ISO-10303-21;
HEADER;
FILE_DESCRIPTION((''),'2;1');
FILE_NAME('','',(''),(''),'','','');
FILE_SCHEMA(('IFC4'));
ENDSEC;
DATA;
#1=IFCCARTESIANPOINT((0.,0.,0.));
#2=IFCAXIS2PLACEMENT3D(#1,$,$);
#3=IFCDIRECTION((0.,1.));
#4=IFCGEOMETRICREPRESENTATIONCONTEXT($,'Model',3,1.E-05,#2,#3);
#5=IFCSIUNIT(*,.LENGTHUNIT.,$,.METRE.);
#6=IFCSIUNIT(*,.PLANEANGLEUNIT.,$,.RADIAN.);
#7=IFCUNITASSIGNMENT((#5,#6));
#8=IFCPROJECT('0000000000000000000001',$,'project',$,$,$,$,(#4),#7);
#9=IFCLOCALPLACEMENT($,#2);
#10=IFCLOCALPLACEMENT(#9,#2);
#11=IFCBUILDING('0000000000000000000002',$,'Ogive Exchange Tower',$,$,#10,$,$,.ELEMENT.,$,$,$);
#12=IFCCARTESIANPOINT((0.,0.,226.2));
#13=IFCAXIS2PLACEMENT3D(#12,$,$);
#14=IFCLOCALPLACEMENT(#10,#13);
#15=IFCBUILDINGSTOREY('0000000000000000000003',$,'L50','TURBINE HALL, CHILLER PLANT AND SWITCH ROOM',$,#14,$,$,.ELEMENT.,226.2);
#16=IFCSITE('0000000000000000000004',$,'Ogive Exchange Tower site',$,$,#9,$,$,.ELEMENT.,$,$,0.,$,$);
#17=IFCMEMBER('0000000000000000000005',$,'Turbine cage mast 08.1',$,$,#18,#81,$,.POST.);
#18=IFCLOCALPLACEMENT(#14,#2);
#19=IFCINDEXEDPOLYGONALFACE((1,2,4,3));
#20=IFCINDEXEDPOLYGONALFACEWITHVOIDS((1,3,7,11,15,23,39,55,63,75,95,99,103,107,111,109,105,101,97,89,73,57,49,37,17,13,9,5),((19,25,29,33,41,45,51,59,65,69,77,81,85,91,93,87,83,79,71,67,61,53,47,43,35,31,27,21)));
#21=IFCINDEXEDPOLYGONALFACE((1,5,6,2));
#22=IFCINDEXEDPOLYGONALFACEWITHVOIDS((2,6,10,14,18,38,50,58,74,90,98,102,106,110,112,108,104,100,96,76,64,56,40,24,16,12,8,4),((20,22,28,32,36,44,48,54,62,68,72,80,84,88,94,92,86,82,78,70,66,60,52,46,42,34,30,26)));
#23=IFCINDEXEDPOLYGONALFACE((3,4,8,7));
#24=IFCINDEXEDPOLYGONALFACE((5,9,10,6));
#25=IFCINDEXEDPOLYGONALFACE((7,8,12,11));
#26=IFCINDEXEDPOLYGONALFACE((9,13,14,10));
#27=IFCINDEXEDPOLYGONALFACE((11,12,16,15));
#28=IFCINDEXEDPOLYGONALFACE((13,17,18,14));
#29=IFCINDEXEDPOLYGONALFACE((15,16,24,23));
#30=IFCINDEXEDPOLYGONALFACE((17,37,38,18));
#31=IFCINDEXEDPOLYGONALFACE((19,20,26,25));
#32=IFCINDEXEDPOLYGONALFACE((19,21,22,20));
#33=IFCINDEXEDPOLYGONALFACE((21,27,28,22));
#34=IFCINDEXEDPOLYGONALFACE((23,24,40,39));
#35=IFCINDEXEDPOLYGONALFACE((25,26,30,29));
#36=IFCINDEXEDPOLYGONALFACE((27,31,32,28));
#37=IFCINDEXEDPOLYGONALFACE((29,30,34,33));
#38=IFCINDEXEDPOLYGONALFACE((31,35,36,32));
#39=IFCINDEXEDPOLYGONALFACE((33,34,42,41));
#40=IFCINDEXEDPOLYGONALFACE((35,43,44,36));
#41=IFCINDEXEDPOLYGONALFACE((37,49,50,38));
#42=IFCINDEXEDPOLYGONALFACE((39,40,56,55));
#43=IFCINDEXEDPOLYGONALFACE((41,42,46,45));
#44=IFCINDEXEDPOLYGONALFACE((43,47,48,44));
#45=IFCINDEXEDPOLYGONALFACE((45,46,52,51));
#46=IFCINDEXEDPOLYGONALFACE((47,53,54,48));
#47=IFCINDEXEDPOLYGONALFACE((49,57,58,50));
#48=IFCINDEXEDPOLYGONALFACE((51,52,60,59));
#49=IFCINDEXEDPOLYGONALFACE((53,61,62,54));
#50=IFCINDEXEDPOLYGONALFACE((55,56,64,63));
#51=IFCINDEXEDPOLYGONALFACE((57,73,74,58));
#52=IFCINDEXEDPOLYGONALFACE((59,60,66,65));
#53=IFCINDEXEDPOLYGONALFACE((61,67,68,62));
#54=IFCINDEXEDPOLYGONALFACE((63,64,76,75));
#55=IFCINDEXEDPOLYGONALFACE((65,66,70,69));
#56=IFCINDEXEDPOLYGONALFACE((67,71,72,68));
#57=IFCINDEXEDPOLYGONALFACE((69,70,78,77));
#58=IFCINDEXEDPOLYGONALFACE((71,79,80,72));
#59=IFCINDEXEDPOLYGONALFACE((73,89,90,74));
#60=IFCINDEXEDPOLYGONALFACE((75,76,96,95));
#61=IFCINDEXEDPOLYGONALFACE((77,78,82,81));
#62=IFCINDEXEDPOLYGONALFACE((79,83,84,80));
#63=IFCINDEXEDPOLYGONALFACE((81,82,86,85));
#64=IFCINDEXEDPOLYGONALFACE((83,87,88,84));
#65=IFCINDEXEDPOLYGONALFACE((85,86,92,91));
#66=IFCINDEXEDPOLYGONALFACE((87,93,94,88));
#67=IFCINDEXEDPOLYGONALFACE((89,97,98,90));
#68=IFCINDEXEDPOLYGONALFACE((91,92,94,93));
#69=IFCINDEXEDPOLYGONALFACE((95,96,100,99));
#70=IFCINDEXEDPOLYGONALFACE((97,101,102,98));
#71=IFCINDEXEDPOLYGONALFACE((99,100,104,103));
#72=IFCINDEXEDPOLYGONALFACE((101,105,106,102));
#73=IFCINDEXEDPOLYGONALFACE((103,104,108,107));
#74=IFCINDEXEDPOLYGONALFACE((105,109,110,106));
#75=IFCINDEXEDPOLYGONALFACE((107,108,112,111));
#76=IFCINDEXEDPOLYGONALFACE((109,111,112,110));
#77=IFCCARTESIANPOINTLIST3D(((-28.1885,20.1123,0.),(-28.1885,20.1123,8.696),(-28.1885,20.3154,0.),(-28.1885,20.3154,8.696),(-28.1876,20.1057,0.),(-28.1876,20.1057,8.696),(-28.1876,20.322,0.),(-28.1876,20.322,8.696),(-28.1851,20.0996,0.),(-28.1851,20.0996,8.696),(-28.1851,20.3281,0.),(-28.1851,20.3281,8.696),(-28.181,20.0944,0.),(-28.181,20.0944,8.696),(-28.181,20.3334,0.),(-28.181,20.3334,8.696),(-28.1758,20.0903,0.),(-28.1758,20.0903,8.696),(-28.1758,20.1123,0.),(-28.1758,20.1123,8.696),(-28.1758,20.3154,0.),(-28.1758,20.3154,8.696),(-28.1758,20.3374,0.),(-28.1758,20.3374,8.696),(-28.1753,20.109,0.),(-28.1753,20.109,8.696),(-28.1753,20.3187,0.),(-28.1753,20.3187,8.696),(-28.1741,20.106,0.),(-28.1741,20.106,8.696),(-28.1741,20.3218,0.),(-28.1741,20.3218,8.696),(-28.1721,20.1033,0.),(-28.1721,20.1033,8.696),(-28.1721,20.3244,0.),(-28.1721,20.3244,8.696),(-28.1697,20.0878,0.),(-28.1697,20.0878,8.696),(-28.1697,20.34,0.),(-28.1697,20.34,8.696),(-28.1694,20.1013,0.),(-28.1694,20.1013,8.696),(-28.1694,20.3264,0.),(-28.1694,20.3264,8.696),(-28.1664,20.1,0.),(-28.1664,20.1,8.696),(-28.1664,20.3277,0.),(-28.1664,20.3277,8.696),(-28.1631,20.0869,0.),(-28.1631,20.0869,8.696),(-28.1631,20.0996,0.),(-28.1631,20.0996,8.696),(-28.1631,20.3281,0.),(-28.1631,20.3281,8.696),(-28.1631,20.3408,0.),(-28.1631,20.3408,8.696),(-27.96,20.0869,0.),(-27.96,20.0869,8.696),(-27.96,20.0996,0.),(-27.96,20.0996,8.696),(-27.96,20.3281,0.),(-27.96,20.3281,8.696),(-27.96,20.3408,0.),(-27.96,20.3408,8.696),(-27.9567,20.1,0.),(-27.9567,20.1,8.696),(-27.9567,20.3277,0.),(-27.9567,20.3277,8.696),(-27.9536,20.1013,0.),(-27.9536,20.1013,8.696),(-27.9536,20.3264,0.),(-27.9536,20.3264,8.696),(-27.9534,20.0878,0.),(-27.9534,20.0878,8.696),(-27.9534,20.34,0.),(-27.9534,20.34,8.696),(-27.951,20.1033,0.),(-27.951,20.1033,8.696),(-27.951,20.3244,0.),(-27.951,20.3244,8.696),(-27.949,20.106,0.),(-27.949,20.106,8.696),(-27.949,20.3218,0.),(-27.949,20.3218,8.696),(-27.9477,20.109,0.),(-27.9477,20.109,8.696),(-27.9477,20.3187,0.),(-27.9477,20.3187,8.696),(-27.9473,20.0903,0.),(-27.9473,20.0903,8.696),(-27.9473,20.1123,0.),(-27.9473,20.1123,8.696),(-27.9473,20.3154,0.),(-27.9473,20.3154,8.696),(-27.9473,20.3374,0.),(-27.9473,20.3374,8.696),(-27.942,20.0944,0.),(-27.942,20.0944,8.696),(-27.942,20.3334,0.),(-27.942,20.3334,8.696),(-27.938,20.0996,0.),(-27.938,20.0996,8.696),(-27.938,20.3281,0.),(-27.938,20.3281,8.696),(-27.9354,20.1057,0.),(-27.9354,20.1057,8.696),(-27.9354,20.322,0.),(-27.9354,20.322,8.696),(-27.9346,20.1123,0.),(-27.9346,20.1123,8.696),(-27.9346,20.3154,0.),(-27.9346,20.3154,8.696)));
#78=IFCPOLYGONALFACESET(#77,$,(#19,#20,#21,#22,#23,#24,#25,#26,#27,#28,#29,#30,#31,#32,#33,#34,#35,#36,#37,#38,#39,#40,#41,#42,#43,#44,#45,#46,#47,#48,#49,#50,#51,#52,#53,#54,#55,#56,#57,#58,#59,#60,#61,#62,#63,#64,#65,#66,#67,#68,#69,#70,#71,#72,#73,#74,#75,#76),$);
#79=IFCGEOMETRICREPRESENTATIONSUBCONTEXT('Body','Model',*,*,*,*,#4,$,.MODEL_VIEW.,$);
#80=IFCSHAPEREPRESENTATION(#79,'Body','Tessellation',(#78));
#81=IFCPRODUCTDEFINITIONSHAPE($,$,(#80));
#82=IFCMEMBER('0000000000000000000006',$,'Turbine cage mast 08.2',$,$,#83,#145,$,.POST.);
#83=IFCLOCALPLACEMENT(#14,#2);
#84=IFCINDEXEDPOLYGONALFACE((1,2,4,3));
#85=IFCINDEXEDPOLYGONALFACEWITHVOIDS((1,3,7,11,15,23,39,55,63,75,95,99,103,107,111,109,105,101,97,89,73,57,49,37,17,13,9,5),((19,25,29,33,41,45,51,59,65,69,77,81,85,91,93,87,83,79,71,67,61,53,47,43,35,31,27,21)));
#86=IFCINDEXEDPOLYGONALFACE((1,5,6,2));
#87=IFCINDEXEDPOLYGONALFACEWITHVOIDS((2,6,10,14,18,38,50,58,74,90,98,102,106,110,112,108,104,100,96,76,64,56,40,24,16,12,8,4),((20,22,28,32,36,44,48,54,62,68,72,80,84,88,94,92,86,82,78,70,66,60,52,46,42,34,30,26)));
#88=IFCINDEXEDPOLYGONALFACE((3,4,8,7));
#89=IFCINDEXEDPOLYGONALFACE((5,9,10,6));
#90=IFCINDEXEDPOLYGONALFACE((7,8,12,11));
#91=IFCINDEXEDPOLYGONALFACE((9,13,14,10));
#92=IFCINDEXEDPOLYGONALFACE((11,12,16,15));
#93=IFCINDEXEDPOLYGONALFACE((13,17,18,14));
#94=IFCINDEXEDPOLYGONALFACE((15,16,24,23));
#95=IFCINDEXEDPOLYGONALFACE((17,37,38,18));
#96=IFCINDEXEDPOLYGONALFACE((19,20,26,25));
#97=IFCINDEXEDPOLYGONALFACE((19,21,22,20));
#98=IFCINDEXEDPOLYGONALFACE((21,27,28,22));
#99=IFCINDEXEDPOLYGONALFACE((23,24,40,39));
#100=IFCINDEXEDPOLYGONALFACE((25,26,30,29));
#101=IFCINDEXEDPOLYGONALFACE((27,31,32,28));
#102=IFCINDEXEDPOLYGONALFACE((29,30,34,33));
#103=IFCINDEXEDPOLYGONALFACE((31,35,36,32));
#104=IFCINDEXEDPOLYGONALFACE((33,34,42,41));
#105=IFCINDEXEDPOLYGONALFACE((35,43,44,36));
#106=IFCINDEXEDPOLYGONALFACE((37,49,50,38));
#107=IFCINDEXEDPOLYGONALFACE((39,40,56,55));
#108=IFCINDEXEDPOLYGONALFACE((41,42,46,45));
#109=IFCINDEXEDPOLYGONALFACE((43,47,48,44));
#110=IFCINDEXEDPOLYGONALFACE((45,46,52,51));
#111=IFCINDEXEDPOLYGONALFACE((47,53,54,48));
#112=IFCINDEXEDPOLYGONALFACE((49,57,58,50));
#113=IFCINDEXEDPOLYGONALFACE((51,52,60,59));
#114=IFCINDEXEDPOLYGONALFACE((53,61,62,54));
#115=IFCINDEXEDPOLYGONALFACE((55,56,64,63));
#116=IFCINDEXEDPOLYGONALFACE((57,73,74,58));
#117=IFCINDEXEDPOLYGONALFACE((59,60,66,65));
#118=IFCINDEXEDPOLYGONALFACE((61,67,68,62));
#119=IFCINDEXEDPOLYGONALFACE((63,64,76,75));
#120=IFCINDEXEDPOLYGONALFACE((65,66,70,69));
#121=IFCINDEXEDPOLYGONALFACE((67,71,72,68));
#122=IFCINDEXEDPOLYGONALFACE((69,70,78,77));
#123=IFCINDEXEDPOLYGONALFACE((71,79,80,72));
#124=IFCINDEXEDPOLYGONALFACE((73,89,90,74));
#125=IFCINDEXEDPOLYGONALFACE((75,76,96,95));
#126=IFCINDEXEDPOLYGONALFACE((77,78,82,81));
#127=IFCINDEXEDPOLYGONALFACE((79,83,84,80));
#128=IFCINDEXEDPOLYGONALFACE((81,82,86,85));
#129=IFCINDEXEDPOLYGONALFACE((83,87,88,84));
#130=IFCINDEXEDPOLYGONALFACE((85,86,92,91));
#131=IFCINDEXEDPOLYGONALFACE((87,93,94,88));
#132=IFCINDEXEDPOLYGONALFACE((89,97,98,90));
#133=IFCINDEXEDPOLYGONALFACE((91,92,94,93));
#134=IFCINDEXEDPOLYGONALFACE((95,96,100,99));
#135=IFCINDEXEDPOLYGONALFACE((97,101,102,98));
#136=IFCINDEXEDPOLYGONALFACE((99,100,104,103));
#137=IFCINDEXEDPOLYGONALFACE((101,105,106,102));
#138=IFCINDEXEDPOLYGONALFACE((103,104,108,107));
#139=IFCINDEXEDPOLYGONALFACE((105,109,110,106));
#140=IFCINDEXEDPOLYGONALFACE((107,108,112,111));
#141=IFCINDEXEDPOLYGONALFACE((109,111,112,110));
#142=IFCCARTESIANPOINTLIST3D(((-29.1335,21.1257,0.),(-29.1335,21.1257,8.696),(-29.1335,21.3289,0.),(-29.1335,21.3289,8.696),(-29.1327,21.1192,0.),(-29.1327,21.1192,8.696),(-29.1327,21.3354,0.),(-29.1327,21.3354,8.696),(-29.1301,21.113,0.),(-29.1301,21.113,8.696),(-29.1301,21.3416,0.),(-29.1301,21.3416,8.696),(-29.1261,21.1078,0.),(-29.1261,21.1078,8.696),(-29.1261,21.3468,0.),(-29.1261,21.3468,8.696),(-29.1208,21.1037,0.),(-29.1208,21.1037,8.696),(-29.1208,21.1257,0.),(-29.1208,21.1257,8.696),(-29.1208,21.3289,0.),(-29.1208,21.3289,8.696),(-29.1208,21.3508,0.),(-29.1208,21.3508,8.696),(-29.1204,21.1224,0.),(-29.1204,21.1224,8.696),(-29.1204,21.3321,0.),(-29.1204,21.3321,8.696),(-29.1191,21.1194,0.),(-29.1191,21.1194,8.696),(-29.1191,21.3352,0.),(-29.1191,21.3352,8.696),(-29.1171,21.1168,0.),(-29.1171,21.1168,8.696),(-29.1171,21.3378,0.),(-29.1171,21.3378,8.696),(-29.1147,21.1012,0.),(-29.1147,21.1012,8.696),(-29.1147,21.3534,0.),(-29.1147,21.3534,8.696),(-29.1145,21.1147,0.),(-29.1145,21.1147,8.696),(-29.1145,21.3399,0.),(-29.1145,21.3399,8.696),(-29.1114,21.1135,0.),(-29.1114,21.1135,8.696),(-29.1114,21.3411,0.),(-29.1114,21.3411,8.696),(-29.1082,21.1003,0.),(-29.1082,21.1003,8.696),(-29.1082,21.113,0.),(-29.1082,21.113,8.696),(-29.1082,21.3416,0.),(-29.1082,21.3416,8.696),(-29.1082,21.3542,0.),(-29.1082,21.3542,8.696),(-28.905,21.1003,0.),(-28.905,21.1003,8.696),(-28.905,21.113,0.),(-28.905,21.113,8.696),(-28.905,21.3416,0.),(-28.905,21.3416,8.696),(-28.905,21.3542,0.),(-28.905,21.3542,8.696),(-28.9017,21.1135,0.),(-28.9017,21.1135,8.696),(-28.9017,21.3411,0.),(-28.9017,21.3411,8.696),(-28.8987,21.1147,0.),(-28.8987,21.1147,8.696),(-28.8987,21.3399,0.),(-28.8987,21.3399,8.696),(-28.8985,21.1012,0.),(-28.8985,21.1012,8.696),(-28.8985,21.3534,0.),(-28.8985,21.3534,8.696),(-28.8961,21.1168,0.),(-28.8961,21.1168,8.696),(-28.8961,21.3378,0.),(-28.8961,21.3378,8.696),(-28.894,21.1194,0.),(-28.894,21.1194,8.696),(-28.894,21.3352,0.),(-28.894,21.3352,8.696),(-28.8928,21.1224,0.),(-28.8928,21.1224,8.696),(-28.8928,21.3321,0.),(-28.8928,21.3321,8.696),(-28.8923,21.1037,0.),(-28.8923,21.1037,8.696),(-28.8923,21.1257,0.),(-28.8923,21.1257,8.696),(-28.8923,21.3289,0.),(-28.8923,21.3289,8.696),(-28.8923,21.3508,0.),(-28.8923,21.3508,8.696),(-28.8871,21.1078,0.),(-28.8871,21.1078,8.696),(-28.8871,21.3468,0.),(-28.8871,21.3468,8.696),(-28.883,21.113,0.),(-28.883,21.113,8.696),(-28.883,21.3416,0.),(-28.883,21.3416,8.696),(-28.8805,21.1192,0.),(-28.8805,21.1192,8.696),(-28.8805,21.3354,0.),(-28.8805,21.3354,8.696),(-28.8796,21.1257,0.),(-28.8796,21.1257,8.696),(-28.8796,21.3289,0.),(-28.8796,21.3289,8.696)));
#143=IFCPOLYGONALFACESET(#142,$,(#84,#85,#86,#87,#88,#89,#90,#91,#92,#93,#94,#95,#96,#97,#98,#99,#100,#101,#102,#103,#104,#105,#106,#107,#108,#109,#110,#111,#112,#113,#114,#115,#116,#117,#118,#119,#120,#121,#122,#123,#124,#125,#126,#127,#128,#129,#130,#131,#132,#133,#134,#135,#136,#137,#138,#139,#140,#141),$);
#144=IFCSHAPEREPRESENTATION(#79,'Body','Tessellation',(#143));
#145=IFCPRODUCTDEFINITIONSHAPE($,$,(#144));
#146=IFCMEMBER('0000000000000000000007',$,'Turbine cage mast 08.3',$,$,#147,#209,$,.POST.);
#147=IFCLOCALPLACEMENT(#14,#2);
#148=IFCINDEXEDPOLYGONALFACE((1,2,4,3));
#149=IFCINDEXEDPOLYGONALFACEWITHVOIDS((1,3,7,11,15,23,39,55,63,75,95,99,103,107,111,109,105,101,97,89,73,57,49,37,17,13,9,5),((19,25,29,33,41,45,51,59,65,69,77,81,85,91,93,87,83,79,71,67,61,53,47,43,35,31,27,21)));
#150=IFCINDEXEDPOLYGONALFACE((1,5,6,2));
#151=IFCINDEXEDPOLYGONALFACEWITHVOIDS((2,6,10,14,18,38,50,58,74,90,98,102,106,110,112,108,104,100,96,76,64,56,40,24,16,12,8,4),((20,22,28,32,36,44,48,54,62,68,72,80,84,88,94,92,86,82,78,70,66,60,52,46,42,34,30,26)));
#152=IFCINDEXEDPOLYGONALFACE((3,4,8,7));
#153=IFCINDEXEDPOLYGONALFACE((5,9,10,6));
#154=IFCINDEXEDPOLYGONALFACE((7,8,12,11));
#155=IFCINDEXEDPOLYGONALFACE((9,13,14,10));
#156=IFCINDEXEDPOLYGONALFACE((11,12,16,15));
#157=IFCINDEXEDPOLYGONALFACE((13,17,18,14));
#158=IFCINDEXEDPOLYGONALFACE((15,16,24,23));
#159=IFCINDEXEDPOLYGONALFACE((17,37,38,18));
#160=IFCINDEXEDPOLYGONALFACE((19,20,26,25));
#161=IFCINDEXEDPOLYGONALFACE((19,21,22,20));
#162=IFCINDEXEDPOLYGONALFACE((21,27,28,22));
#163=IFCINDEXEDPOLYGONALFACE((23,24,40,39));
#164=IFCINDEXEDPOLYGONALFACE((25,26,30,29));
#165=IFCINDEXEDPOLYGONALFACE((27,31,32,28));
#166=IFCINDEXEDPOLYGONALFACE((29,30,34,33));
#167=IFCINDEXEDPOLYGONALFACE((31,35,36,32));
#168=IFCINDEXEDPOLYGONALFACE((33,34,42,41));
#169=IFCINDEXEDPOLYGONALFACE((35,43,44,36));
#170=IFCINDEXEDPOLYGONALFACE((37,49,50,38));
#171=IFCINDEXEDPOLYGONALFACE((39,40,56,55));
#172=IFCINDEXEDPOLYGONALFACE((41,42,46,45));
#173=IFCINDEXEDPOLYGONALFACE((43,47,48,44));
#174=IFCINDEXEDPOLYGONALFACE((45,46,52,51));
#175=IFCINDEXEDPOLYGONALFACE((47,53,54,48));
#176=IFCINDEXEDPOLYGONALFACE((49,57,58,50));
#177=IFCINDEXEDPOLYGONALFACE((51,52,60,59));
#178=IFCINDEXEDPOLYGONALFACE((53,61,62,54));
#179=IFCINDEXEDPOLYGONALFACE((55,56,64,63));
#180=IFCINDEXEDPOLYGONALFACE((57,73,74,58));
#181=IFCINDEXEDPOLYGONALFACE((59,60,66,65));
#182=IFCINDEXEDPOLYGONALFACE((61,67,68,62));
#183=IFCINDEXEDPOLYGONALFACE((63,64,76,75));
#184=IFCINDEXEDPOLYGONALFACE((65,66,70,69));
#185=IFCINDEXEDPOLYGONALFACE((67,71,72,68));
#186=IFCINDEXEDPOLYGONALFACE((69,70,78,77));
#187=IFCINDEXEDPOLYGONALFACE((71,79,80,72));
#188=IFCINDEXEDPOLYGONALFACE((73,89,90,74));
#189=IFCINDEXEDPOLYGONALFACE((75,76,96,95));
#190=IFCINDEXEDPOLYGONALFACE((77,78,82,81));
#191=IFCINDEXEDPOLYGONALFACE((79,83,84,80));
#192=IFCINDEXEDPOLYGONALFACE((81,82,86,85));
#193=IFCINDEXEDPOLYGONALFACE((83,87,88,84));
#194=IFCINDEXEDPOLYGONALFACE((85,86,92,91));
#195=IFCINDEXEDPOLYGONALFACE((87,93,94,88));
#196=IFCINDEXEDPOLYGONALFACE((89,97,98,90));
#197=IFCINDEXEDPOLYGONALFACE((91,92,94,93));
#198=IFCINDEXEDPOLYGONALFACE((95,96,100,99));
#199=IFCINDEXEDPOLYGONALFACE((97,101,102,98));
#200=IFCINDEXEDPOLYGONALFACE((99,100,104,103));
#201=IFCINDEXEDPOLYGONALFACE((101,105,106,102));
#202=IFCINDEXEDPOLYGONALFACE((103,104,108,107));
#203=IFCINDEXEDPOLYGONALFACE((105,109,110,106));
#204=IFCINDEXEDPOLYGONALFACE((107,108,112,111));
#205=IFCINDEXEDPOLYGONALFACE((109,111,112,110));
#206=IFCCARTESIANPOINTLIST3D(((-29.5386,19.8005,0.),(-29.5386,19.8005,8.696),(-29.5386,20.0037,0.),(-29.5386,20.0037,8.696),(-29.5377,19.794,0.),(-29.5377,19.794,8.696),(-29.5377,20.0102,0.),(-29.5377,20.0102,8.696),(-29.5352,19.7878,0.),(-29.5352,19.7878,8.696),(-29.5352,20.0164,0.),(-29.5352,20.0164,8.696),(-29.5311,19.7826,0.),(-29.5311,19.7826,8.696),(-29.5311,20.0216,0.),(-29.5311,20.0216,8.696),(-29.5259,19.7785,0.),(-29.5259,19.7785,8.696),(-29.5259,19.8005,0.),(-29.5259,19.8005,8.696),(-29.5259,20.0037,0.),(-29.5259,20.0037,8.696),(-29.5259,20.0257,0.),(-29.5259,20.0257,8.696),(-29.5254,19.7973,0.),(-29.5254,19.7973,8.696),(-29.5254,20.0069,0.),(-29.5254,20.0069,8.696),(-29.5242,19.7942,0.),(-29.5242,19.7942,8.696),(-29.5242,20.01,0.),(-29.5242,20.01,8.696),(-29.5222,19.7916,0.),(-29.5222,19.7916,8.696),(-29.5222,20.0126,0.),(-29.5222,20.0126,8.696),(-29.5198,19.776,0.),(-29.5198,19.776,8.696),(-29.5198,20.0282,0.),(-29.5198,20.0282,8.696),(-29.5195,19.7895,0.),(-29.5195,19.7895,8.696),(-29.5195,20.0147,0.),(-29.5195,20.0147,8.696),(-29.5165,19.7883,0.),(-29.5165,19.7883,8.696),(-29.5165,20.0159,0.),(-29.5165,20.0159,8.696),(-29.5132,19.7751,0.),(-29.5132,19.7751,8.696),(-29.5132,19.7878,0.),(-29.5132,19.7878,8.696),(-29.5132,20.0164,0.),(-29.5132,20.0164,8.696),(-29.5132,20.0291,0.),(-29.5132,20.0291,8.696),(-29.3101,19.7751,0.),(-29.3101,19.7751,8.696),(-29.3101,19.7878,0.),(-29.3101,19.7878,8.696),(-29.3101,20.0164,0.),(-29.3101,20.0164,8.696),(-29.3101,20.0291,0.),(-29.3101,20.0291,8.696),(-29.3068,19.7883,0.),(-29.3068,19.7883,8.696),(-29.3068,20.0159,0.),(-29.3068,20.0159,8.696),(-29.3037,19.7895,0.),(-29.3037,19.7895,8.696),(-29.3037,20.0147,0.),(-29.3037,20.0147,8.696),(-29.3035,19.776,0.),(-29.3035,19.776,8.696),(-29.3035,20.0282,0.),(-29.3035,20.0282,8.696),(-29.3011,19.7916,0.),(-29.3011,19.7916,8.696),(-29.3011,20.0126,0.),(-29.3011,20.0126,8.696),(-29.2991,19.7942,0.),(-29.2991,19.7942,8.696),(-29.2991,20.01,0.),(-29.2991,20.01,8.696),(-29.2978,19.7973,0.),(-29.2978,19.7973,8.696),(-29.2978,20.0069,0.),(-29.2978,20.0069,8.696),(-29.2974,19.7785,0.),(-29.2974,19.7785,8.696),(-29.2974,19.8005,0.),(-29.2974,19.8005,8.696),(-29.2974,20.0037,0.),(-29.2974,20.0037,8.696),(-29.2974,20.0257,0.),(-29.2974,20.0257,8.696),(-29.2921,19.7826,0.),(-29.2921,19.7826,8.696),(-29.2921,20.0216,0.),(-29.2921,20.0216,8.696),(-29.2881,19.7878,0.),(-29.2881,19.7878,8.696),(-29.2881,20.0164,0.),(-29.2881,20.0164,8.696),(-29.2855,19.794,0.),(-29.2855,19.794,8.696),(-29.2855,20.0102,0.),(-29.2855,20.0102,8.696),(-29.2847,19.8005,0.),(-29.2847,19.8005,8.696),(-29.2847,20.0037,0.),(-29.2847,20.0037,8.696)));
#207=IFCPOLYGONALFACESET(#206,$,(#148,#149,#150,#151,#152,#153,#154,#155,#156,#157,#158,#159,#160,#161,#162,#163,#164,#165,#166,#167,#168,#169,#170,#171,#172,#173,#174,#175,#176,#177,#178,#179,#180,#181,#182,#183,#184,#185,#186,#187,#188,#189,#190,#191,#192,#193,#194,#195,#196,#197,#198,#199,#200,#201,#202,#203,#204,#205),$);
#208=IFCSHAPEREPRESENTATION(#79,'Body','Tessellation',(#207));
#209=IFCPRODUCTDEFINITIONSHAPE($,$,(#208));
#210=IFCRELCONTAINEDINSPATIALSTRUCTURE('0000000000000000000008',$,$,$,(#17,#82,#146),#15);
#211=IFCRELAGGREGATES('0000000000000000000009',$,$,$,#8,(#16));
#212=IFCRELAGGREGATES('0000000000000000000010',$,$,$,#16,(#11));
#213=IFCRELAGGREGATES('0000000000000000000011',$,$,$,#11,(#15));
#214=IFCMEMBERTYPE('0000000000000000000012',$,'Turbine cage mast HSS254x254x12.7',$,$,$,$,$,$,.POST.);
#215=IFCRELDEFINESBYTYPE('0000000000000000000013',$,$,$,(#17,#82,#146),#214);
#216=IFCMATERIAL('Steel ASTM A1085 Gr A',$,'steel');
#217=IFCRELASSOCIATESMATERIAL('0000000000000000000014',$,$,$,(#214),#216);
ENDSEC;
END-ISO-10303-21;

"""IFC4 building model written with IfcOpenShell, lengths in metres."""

from ifc_helpers import new_model, si_unit, direction, frame, origin, origin_2d, place, context, subcontext, project, spatial, hollow_rectangle, extrude, material, material_profile, profile_set, type_object, element, save


model = new_model("IFC4")

# Units and contexts
model_context = context("Model", 3, precision=1e-05, world=origin(), true_north=direction((0.0, 1.0)))
body_context = subcontext(model_context, "Body", "Model", "MODEL_VIEW")
ifc_project = project(units=[si_unit("LENGTHUNIT", "METRE"), si_unit("PLANEANGLEUNIT", "RADIAN")], contexts=[model_context])

# Site, building, storey
site_placement = place(None, origin())
site = spatial("IfcSite", under=ifc_project, at=site_placement, Name="Ogive Exchange Tower site", CompositionType="ELEMENT", RefElevation=0.0)
building_placement = place(site_placement, origin())
building = spatial("IfcBuilding", under=site, at=building_placement, Name="Ogive Exchange Tower", CompositionType="ELEMENT")
storey_placement = place(building_placement, frame((0.0, 0.0, 226.2)))
storey = spatial("IfcBuildingStorey", under=building, at=storey_placement, Name="L50", Description="TURBINE HALL, CHILLER PLANT AND SWITCH ROOM", CompositionType="ELEMENT", Elevation=226.2)

# Shared definitions
ifc_material_1 = material(Name="Steel ASTM A1085 Gr A", Category="steel")

# Members
ifc_material_profile_1 = material_profile(ifc_material_1, hollow_rectangle(XDim=0.2539, YDim=0.2539, WallThickness=0.0127, InnerFilletRadius=0.0127, OuterFilletRadius=0.0254, at=origin_2d()), Name="HSS254x254x12.7")
ifc_profile_set_1 = profile_set([ifc_material_profile_1], Name="Steel ASTM A1085 Gr A")
member_type_1 = type_object("IfcMemberType", Name="Turbine cage mast HSS254x254x12.7", PredefinedType="POST", material=ifc_profile_set_1)
for number, where, z_axis, x_axis, name in (
    (1, (-28.0615, 20.2139, 0.0), (0.0, 0.0, 1.0), (1.0, 0.0, 0.0), "Turbine cage mast 08.1"),
    (2, (-29.0066, 21.2273, 0.0), (0.0, 0.0, 1.0), (1.0, 0.0, 0.0), "Turbine cage mast 08.2"),
    (3, (-29.4116, 19.9021, 0.0), (0.0, 0.0, 1.0), (1.0, 0.0, 0.0), "Turbine cage mast 08.3"),
):
    element("IfcMember", number, at=place(storey_placement, frame(where, z_axis=z_axis, x_axis=x_axis)), inside=storey, type_object=member_type_1, Name=name, PredefinedType="POST", context=body_context, shape_type="SweptSolid", body=[
        extrude(hollow_rectangle(XDim=0.2539, YDim=0.2539, WallThickness=0.0127, InnerFilletRadius=0.0127, OuterFilletRadius=0.0254, at=origin_2d()), origin(), (0.0, 0.0, 1.0), 8.696),
    ])

save(model, "model.ifc")
